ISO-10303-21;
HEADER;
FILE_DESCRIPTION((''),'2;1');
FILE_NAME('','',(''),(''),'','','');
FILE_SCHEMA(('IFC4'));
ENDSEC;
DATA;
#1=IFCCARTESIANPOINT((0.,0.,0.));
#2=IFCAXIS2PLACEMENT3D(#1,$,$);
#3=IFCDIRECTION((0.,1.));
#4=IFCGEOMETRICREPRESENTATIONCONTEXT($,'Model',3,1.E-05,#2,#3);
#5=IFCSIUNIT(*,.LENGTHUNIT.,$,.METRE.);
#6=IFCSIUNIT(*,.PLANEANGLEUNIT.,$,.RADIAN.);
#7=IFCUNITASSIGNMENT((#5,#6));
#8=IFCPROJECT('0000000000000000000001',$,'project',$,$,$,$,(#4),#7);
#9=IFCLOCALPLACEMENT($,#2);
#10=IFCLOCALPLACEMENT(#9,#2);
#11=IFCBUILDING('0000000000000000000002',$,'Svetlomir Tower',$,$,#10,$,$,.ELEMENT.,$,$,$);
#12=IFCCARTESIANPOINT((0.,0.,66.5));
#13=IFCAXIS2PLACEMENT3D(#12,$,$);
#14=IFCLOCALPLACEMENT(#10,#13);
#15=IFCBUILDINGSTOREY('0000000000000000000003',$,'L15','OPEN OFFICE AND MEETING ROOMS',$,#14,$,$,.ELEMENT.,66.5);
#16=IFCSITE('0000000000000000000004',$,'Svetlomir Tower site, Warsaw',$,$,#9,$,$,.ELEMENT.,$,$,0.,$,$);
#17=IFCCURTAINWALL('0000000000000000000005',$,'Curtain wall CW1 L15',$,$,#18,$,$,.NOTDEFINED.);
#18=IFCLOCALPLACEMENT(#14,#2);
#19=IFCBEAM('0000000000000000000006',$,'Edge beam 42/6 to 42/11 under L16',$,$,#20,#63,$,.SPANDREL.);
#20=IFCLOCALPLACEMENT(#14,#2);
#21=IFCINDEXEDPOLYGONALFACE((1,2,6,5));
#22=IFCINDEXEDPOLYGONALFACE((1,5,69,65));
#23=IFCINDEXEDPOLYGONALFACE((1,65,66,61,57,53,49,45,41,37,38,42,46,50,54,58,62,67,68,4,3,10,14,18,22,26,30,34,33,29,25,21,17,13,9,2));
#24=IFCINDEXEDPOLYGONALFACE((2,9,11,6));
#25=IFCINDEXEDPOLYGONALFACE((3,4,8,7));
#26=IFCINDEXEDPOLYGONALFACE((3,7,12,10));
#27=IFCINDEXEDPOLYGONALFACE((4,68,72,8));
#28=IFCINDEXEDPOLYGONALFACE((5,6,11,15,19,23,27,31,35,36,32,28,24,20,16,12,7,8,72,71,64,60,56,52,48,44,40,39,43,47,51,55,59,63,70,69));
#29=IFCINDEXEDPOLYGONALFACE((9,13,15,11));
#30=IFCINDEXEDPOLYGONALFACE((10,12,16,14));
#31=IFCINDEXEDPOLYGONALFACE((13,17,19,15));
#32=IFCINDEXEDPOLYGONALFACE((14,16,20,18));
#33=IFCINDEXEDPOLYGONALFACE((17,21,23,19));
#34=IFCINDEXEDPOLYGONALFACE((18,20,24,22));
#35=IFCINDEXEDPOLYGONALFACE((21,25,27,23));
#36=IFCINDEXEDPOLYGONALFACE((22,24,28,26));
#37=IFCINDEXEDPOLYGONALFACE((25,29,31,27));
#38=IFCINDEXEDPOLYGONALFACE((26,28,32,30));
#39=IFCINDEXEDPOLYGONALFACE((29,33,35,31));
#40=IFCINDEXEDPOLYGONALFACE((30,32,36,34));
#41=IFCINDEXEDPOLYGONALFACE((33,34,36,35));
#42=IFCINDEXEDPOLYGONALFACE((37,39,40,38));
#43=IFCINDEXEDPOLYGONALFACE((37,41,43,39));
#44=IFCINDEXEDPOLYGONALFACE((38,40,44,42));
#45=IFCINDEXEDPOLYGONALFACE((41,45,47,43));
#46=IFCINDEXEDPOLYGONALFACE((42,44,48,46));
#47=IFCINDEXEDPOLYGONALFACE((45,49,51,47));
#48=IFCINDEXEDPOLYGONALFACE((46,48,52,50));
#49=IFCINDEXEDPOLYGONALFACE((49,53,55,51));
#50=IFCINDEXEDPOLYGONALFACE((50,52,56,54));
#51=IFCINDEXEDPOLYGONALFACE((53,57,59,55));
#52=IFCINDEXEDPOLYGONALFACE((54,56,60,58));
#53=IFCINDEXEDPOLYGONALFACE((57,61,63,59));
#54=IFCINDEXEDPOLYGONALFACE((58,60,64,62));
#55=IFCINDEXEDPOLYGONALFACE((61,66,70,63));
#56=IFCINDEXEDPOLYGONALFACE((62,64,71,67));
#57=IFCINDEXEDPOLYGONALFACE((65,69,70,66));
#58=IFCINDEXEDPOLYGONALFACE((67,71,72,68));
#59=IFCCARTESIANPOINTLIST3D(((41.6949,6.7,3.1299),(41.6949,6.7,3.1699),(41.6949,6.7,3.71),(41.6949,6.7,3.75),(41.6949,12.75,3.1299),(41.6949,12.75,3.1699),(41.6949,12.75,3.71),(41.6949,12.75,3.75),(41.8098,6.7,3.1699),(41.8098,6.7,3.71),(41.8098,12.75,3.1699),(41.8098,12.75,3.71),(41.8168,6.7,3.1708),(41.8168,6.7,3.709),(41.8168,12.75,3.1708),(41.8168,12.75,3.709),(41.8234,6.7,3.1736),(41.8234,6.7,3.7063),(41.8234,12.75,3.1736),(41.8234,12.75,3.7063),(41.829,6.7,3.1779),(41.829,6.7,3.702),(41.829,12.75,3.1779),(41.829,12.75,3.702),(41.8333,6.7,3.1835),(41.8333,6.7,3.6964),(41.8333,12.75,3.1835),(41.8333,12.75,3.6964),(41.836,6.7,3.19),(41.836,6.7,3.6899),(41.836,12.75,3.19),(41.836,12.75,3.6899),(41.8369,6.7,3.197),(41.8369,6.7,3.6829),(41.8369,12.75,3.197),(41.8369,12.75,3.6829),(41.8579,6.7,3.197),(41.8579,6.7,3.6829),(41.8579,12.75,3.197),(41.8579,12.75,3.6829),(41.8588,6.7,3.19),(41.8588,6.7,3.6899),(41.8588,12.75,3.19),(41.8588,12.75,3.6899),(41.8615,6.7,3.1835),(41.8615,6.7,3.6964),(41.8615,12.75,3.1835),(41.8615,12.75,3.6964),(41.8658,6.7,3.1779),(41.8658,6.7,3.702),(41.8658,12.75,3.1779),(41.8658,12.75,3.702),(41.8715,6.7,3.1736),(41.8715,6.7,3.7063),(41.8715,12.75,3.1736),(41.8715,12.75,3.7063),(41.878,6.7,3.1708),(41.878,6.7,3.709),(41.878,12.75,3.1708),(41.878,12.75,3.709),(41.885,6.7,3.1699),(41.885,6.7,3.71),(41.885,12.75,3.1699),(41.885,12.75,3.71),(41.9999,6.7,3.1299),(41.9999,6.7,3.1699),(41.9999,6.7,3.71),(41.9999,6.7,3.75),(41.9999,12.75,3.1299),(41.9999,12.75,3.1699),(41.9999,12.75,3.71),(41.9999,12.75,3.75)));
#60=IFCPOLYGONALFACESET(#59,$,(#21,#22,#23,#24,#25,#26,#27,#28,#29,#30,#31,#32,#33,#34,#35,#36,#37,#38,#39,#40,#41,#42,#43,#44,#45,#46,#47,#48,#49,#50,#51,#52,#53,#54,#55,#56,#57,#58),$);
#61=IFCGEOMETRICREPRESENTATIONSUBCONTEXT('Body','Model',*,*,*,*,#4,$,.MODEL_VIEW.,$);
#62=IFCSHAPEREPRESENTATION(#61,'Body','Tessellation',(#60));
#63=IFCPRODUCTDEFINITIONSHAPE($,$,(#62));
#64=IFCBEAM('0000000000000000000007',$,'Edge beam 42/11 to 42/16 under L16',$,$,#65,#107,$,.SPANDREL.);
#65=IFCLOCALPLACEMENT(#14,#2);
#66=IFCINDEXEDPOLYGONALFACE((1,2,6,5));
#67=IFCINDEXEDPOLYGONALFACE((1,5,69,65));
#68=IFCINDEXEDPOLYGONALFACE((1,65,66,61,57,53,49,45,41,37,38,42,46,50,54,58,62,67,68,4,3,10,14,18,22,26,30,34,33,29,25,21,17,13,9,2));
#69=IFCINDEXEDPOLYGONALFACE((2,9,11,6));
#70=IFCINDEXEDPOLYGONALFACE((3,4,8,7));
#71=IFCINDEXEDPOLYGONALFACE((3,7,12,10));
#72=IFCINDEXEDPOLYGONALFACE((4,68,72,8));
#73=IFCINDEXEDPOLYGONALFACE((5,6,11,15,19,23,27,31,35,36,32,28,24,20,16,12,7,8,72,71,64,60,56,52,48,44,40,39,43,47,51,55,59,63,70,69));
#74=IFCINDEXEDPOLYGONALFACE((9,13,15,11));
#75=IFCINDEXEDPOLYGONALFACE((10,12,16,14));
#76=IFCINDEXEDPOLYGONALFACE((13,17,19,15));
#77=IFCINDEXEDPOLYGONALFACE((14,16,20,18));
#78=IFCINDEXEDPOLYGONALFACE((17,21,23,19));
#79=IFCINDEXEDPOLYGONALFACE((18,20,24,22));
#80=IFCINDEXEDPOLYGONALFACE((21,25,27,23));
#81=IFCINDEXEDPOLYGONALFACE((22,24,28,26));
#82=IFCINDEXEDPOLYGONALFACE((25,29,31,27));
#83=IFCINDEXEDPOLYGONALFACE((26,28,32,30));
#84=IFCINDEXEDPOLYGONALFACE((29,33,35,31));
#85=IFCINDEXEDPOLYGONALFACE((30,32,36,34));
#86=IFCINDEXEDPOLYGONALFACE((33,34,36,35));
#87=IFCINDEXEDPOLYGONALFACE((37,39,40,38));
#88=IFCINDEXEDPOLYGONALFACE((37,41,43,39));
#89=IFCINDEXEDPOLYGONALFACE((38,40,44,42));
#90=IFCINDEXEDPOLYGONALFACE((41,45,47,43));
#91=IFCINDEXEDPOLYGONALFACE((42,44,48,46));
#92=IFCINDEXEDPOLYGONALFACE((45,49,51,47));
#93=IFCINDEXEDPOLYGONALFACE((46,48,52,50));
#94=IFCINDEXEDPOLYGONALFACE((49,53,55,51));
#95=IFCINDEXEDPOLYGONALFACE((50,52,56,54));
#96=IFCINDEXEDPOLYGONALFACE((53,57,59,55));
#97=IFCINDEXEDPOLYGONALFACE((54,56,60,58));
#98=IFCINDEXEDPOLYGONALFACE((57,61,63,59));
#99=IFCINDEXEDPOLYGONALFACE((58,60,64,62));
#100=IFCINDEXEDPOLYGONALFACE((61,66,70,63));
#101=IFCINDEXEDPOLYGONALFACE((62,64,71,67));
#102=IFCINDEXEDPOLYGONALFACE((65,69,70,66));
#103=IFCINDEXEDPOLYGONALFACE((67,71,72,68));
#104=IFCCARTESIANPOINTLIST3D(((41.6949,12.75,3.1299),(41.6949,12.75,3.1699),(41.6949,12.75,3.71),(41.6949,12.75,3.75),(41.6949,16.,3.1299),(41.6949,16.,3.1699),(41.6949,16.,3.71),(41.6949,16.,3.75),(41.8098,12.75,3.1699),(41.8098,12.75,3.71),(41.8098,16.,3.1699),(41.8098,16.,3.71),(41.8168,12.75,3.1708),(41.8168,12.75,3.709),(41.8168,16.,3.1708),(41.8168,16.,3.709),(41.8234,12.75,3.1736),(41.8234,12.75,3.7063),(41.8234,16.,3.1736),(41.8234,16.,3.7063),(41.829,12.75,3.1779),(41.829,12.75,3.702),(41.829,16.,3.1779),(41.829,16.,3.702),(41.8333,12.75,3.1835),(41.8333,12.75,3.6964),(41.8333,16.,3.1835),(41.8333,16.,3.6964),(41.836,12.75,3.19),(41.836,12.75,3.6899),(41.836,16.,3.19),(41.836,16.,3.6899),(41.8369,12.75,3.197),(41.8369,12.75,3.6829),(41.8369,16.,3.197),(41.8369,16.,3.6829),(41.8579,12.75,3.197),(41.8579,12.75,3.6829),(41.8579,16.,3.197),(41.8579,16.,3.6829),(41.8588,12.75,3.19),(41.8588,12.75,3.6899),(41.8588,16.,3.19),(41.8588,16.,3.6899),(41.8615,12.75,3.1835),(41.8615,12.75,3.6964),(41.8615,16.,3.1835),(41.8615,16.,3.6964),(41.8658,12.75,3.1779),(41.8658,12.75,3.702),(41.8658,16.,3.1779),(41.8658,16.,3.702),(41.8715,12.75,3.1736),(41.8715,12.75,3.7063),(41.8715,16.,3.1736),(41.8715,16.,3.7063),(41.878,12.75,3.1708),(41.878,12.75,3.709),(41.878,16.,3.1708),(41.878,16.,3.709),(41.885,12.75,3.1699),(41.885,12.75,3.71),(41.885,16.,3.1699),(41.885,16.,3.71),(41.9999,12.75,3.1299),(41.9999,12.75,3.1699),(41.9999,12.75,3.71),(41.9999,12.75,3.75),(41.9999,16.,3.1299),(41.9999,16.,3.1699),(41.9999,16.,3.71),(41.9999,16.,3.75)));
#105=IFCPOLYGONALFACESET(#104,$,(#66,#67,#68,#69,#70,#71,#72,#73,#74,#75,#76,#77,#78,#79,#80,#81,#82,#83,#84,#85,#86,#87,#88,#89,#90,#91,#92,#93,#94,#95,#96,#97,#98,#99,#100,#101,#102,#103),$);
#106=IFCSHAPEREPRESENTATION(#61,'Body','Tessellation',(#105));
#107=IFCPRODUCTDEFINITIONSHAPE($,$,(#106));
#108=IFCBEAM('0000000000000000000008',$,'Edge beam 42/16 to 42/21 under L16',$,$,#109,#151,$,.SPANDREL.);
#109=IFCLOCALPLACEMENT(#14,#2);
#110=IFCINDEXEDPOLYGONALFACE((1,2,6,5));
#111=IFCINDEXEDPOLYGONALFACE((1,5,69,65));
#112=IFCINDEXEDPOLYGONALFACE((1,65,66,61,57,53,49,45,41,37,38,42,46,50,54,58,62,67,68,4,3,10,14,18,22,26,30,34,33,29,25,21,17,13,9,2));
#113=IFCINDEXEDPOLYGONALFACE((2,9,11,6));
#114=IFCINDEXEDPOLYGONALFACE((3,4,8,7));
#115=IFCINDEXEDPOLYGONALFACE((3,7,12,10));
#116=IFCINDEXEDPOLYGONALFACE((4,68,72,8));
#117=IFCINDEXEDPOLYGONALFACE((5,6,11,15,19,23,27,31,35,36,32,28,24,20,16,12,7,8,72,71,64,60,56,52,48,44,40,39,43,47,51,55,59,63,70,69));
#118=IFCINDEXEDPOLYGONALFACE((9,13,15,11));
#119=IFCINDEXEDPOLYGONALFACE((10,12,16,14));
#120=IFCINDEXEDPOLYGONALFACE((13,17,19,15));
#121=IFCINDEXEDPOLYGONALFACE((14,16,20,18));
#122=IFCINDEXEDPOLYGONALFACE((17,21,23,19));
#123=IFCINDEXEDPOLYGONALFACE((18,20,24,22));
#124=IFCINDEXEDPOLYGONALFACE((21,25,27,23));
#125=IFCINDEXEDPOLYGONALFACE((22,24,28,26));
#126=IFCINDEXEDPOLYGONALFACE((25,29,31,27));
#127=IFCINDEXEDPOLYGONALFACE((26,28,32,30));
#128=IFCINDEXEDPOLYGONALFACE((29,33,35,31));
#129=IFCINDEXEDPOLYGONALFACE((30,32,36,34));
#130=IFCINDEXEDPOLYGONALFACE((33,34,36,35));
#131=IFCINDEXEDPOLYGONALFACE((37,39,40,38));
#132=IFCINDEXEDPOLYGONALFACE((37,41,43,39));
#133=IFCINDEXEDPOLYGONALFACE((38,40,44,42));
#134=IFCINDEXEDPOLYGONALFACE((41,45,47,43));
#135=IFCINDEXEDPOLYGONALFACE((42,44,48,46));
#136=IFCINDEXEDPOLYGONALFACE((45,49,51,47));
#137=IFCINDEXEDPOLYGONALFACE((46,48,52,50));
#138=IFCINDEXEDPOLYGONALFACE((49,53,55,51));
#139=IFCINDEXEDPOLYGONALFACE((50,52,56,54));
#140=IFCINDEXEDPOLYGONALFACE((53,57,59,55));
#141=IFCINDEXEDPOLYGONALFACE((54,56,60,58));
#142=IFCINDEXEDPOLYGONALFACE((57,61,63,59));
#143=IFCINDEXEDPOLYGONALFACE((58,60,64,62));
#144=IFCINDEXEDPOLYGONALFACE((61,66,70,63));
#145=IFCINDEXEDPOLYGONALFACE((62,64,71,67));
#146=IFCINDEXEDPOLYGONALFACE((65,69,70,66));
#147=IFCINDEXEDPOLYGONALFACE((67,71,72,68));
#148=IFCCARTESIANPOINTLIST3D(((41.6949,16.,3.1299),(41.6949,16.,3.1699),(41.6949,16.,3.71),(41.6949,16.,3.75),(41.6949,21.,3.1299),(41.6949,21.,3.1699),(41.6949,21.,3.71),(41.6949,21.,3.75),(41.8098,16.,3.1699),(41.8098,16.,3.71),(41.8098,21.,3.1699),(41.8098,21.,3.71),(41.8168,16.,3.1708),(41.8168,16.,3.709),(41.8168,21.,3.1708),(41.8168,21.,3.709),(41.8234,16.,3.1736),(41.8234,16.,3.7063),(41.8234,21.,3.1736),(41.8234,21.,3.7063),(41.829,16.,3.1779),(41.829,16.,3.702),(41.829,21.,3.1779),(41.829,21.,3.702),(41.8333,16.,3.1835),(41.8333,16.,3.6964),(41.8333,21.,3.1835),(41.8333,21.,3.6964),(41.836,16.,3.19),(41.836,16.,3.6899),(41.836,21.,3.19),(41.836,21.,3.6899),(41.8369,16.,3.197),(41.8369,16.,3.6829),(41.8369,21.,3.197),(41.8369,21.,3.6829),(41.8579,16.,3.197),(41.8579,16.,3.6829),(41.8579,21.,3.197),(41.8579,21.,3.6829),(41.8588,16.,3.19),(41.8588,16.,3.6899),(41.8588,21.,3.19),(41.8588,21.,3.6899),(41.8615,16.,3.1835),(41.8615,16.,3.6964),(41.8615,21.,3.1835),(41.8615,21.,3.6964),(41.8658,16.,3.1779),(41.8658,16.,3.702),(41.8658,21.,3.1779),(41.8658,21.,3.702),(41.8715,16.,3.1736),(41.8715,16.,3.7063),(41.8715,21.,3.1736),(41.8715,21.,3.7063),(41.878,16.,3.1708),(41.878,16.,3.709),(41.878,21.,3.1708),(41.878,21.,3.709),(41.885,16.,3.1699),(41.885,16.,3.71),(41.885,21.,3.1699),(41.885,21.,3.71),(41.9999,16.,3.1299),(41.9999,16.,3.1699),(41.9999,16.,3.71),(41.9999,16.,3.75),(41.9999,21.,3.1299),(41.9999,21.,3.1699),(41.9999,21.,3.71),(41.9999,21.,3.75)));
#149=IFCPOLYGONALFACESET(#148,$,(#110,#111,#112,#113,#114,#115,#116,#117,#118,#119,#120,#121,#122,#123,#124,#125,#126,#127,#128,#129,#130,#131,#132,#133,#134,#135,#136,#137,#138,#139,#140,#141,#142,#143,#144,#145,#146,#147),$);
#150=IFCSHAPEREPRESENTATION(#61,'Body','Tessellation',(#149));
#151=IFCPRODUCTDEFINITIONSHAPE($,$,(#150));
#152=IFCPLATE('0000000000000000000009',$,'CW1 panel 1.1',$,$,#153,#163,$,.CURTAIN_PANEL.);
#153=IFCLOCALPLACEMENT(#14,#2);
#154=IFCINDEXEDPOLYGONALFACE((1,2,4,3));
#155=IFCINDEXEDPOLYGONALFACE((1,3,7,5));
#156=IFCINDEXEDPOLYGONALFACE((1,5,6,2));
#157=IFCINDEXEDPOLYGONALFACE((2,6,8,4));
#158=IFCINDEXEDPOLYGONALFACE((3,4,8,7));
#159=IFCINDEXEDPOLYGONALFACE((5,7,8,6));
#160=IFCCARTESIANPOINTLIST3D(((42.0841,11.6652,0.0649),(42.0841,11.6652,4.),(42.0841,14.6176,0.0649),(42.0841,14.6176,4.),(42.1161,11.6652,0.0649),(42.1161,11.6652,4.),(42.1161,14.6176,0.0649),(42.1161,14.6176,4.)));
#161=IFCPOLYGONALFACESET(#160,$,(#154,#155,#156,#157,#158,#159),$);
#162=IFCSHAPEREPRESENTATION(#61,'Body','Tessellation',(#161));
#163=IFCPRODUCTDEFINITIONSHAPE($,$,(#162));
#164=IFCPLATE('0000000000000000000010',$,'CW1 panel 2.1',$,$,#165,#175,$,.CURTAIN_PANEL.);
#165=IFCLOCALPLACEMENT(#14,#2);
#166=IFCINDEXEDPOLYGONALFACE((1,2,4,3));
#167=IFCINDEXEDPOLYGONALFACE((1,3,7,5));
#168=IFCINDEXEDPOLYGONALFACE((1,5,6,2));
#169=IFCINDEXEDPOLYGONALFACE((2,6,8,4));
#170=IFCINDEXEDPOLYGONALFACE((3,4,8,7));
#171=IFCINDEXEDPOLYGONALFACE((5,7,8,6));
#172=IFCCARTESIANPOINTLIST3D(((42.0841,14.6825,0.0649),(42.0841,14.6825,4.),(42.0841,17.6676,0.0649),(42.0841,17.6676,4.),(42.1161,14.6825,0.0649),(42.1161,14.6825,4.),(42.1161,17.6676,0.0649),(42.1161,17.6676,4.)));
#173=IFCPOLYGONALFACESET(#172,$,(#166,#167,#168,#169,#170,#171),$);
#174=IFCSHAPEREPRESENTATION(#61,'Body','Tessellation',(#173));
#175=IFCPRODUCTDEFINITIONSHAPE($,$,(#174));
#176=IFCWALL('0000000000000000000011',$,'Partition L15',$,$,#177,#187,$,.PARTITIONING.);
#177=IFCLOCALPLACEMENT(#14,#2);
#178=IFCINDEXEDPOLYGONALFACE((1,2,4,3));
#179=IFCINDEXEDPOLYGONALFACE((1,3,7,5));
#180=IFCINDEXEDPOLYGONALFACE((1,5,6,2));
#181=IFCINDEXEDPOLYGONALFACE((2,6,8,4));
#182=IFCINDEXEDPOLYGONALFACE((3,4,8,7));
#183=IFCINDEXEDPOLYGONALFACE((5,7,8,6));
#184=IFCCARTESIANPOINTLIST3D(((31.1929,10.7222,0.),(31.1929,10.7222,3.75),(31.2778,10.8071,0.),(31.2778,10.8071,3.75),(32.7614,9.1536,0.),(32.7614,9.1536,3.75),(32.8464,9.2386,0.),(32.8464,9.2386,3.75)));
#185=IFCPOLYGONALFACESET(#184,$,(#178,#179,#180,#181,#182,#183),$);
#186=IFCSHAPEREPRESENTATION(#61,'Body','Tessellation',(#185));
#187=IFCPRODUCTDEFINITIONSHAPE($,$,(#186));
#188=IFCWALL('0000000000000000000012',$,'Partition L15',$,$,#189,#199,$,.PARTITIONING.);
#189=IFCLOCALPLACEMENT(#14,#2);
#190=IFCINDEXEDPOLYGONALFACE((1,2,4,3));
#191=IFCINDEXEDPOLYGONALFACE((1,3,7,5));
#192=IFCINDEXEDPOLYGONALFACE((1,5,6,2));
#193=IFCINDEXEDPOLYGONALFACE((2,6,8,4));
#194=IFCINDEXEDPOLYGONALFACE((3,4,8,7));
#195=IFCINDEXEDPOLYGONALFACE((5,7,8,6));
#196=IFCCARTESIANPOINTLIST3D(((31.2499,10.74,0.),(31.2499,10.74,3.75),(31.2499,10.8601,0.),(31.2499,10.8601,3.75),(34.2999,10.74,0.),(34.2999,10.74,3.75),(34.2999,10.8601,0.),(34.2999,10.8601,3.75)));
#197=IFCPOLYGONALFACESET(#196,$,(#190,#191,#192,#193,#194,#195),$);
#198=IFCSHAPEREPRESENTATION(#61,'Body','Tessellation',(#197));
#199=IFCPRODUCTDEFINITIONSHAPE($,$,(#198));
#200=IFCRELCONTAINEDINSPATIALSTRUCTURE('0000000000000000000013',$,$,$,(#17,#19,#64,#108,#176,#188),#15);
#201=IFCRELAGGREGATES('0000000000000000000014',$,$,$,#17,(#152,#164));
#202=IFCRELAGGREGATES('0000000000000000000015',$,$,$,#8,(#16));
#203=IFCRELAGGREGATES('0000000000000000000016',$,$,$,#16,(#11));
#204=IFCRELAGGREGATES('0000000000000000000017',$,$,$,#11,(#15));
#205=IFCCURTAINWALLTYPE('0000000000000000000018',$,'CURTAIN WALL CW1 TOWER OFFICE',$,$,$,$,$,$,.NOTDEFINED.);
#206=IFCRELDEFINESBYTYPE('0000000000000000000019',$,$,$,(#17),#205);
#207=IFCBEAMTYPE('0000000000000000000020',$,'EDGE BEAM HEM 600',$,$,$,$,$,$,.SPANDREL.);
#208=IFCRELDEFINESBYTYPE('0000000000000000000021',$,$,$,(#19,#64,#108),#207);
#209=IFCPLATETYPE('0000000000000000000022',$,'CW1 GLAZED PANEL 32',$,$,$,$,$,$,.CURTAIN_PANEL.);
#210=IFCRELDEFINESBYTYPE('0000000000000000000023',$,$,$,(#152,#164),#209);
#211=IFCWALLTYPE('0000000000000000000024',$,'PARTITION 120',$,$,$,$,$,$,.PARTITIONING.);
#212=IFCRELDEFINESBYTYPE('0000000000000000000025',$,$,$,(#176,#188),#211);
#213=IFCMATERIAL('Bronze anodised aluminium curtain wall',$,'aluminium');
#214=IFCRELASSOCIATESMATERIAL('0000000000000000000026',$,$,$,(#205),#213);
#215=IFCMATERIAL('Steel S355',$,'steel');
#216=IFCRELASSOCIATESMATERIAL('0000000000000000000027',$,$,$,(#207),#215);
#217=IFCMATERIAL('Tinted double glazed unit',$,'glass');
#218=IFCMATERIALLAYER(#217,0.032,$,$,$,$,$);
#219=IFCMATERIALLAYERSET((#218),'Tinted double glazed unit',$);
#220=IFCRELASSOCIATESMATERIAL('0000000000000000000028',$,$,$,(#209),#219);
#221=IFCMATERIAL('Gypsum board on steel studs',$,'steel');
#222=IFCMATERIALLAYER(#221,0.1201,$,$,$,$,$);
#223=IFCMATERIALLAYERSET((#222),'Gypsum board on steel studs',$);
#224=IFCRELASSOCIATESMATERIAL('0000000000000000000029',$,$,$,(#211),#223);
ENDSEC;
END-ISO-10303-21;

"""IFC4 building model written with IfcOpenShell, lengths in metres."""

from ifc_helpers import new_model, si_unit, direction, frame, frame_2d, origin, origin_2d, place, context, subcontext, project, spatial, rectangle, i_section, extrude, material, layer, layer_set, material_profile, profile_set, type_object, element, aggregate, save


model = new_model("IFC4")

# Units and contexts
model_context = context("Model", 3, precision=1e-05, world=origin(), true_north=direction((0.0, 1.0)))
body_context = subcontext(model_context, "Body", "Model", "MODEL_VIEW")
ifc_project = project(units=[si_unit("LENGTHUNIT", "METRE"), si_unit("PLANEANGLEUNIT", "RADIAN")], contexts=[model_context])

# Site, building, storey
site_placement = place(None, origin())
site = spatial("IfcSite", under=ifc_project, at=site_placement, Name="Svetlomir Tower site, Warsaw", CompositionType="ELEMENT", RefElevation=0.0)
building_placement = place(site_placement, origin())
building = spatial("IfcBuilding", under=site, at=building_placement, Name="Svetlomir Tower", CompositionType="ELEMENT")
storey_placement = place(building_placement, frame((0.0, 0.0, 66.5)))
storey = spatial("IfcBuildingStorey", under=building, at=storey_placement, Name="L15", Description="OPEN OFFICE AND MEETING ROOMS", CompositionType="ELEMENT", Elevation=66.5)

# Curtain wall
ifc_material_1 = material(Name="Bronze anodised aluminium curtain wall", Category="aluminium")
curtain_wall_type = type_object("IfcCurtainWallType", Name="CURTAIN WALL CW1 TOWER OFFICE", PredefinedType="NOTDEFINED", material=ifc_material_1)
curtain_wall_1_placement = place(storey_placement, origin())
curtain_wall_1 = element("IfcCurtainWall", 1, at=curtain_wall_1_placement, inside=storey, type_object=curtain_wall_type, Name="Curtain wall CW1 L15", PredefinedType="NOTDEFINED")

# Beams
ifc_material_2 = material(Name="Steel S355", Category="steel")
ifc_material_profile_1 = material_profile(ifc_material_2, i_section(OverallWidth=0.3049, OverallDepth=0.6201, WebThickness=0.021, FlangeThickness=0.04, FilletRadius=0.0271, at=origin_2d()), Name="HEM 600")
ifc_profile_set_1 = profile_set([ifc_material_profile_1], Name="Steel S355")
beam_type_1 = type_object("IfcBeamType", Name="EDGE BEAM HEM 600", PredefinedType="SPANDREL", material=ifc_profile_set_1)
beam_1_placement = place(storey_placement, frame((41.8474, 6.7, 3.4399), z_axis=(0.0, 1.0, 0.0), x_axis=(-1.0, 0.0, 0.0)))
element("IfcBeam", 2, at=beam_1_placement, inside=storey, type_object=beam_type_1, Name="Edge beam 42/6 to 42/11 under L16", PredefinedType="SPANDREL", context=body_context, shape_type="SweptSolid", body=[
    extrude(i_section(OverallWidth=0.3049, OverallDepth=0.6201, WebThickness=0.021, FlangeThickness=0.04, FilletRadius=0.0271, at=origin_2d()), origin(), (0.0, 0.0, 1.0), 6.05),
])
beam_2_placement = place(storey_placement, frame((41.8474, 12.75, 3.4399), z_axis=(0.0, 1.0, 0.0), x_axis=(-1.0, 0.0, 0.0)))
element("IfcBeam", 3, at=beam_2_placement, inside=storey, type_object=beam_type_1, Name="Edge beam 42/11 to 42/16 under L16", PredefinedType="SPANDREL", context=body_context, shape_type="SweptSolid", body=[
    extrude(i_section(OverallWidth=0.3049, OverallDepth=0.6201, WebThickness=0.021, FlangeThickness=0.04, FilletRadius=0.0271, at=origin_2d()), origin(), (0.0, 0.0, 1.0), 3.25),
])
beam_3_placement = place(storey_placement, frame((41.8474, 16.0, 3.4399), z_axis=(0.0, 1.0, 0.0), x_axis=(-1.0, 0.0, 0.0)))
element("IfcBeam", 4, at=beam_3_placement, inside=storey, type_object=beam_type_1, Name="Edge beam 42/16 to 42/21 under L16", PredefinedType="SPANDREL", context=body_context, shape_type="SweptSolid", body=[
    extrude(i_section(OverallWidth=0.3049, OverallDepth=0.6201, WebThickness=0.021, FlangeThickness=0.04, FilletRadius=0.0271, at=origin_2d()), origin(), (0.0, 0.0, 1.0), 5.0),
])

# Plates
ifc_material_3 = material(Name="Tinted double glazed unit", Category="glass")
ifc_layer_1 = layer(ifc_material_3, 0.032)
ifc_layer_set_1 = layer_set([ifc_layer_1], Name="Tinted double glazed unit")
plate_type = type_object("IfcPlateType", Name="CW1 GLAZED PANEL 32", PredefinedType="CURTAIN_PANEL", material=ifc_layer_set_1)
plate_1_placement = place(storey_placement, frame((42.1001, 13.1414, 0.0649), z_axis=(0.0, 0.0, 1.0), x_axis=(0.0, 1.0, 0.0)))
plate_1 = element("IfcPlate", 5, at=plate_1_placement, type_object=plate_type, Name="CW1 panel 1.1", PredefinedType="CURTAIN_PANEL", context=body_context, shape_type="SweptSolid", body=[
    extrude(rectangle(XDim=2.9524, YDim=0.032, at=origin_2d()), origin(), (0.0, 0.0, 1.0), 3.9351),
])
plate_2_placement = place(storey_placement, frame((42.1001, 16.175, 0.0649), z_axis=(0.0, 0.0, 1.0), x_axis=(0.0, 1.0, 0.0)))
plate_2 = element("IfcPlate", 6, at=plate_2_placement, type_object=plate_type, Name="CW1 panel 2.1", PredefinedType="CURTAIN_PANEL", context=body_context, shape_type="SweptSolid", body=[
    extrude(rectangle(XDim=2.9851, YDim=0.032, at=origin_2d()), origin(), (0.0, 0.0, 1.0), 3.9351),
])
aggregate(curtain_wall_1, [plate_1, plate_2])

# Walls
ifc_material_4 = material(Name="Gypsum board on steel studs", Category="steel")
ifc_layer_2 = layer(ifc_material_4, 0.1201)
ifc_layer_set_2 = layer_set([ifc_layer_2], Name="Gypsum board on steel studs")
wall_type_1 = type_object("IfcWallType", Name="PARTITION 120", PredefinedType="PARTITIONING", material=ifc_layer_set_2)
wall_1_placement = place(storey_placement, frame((31.2354, 10.7646, 0.0), z_axis=(0.0, 0.0, 1.0), x_axis=(0.707107, -0.707107, 0.0)))
element("IfcWall", 7, at=wall_1_placement, inside=storey, type_object=wall_type_1, Name="Partition L15", PredefinedType="PARTITIONING", context=body_context, shape_type="SweptSolid", body=[
    extrude(rectangle(XDim=2.2183, YDim=0.1201, at=frame_2d((1.1091, 0.0))), origin(), (0.0, 0.0, 1.0), 3.75),
])
for number, where, z_axis, x_axis, name in (
    (8, (31.25, 10.8, 0.0), (0.0, 0.0, 1.0), (1.0, 0.0, 0.0), "Partition L15"),
):
    element("IfcWall", number, at=place(storey_placement, frame(where, z_axis=z_axis, x_axis=x_axis)), inside=storey, type_object=wall_type_1, Name=name, PredefinedType="PARTITIONING", context=body_context, shape_type="SweptSolid", body=[
        extrude(rectangle(XDim=3.05, YDim=0.1201, at=frame_2d((1.5249, 0.0))), origin(), (0.0, 0.0, 1.0), 3.75),
    ])

save(model, "model.ifc")
